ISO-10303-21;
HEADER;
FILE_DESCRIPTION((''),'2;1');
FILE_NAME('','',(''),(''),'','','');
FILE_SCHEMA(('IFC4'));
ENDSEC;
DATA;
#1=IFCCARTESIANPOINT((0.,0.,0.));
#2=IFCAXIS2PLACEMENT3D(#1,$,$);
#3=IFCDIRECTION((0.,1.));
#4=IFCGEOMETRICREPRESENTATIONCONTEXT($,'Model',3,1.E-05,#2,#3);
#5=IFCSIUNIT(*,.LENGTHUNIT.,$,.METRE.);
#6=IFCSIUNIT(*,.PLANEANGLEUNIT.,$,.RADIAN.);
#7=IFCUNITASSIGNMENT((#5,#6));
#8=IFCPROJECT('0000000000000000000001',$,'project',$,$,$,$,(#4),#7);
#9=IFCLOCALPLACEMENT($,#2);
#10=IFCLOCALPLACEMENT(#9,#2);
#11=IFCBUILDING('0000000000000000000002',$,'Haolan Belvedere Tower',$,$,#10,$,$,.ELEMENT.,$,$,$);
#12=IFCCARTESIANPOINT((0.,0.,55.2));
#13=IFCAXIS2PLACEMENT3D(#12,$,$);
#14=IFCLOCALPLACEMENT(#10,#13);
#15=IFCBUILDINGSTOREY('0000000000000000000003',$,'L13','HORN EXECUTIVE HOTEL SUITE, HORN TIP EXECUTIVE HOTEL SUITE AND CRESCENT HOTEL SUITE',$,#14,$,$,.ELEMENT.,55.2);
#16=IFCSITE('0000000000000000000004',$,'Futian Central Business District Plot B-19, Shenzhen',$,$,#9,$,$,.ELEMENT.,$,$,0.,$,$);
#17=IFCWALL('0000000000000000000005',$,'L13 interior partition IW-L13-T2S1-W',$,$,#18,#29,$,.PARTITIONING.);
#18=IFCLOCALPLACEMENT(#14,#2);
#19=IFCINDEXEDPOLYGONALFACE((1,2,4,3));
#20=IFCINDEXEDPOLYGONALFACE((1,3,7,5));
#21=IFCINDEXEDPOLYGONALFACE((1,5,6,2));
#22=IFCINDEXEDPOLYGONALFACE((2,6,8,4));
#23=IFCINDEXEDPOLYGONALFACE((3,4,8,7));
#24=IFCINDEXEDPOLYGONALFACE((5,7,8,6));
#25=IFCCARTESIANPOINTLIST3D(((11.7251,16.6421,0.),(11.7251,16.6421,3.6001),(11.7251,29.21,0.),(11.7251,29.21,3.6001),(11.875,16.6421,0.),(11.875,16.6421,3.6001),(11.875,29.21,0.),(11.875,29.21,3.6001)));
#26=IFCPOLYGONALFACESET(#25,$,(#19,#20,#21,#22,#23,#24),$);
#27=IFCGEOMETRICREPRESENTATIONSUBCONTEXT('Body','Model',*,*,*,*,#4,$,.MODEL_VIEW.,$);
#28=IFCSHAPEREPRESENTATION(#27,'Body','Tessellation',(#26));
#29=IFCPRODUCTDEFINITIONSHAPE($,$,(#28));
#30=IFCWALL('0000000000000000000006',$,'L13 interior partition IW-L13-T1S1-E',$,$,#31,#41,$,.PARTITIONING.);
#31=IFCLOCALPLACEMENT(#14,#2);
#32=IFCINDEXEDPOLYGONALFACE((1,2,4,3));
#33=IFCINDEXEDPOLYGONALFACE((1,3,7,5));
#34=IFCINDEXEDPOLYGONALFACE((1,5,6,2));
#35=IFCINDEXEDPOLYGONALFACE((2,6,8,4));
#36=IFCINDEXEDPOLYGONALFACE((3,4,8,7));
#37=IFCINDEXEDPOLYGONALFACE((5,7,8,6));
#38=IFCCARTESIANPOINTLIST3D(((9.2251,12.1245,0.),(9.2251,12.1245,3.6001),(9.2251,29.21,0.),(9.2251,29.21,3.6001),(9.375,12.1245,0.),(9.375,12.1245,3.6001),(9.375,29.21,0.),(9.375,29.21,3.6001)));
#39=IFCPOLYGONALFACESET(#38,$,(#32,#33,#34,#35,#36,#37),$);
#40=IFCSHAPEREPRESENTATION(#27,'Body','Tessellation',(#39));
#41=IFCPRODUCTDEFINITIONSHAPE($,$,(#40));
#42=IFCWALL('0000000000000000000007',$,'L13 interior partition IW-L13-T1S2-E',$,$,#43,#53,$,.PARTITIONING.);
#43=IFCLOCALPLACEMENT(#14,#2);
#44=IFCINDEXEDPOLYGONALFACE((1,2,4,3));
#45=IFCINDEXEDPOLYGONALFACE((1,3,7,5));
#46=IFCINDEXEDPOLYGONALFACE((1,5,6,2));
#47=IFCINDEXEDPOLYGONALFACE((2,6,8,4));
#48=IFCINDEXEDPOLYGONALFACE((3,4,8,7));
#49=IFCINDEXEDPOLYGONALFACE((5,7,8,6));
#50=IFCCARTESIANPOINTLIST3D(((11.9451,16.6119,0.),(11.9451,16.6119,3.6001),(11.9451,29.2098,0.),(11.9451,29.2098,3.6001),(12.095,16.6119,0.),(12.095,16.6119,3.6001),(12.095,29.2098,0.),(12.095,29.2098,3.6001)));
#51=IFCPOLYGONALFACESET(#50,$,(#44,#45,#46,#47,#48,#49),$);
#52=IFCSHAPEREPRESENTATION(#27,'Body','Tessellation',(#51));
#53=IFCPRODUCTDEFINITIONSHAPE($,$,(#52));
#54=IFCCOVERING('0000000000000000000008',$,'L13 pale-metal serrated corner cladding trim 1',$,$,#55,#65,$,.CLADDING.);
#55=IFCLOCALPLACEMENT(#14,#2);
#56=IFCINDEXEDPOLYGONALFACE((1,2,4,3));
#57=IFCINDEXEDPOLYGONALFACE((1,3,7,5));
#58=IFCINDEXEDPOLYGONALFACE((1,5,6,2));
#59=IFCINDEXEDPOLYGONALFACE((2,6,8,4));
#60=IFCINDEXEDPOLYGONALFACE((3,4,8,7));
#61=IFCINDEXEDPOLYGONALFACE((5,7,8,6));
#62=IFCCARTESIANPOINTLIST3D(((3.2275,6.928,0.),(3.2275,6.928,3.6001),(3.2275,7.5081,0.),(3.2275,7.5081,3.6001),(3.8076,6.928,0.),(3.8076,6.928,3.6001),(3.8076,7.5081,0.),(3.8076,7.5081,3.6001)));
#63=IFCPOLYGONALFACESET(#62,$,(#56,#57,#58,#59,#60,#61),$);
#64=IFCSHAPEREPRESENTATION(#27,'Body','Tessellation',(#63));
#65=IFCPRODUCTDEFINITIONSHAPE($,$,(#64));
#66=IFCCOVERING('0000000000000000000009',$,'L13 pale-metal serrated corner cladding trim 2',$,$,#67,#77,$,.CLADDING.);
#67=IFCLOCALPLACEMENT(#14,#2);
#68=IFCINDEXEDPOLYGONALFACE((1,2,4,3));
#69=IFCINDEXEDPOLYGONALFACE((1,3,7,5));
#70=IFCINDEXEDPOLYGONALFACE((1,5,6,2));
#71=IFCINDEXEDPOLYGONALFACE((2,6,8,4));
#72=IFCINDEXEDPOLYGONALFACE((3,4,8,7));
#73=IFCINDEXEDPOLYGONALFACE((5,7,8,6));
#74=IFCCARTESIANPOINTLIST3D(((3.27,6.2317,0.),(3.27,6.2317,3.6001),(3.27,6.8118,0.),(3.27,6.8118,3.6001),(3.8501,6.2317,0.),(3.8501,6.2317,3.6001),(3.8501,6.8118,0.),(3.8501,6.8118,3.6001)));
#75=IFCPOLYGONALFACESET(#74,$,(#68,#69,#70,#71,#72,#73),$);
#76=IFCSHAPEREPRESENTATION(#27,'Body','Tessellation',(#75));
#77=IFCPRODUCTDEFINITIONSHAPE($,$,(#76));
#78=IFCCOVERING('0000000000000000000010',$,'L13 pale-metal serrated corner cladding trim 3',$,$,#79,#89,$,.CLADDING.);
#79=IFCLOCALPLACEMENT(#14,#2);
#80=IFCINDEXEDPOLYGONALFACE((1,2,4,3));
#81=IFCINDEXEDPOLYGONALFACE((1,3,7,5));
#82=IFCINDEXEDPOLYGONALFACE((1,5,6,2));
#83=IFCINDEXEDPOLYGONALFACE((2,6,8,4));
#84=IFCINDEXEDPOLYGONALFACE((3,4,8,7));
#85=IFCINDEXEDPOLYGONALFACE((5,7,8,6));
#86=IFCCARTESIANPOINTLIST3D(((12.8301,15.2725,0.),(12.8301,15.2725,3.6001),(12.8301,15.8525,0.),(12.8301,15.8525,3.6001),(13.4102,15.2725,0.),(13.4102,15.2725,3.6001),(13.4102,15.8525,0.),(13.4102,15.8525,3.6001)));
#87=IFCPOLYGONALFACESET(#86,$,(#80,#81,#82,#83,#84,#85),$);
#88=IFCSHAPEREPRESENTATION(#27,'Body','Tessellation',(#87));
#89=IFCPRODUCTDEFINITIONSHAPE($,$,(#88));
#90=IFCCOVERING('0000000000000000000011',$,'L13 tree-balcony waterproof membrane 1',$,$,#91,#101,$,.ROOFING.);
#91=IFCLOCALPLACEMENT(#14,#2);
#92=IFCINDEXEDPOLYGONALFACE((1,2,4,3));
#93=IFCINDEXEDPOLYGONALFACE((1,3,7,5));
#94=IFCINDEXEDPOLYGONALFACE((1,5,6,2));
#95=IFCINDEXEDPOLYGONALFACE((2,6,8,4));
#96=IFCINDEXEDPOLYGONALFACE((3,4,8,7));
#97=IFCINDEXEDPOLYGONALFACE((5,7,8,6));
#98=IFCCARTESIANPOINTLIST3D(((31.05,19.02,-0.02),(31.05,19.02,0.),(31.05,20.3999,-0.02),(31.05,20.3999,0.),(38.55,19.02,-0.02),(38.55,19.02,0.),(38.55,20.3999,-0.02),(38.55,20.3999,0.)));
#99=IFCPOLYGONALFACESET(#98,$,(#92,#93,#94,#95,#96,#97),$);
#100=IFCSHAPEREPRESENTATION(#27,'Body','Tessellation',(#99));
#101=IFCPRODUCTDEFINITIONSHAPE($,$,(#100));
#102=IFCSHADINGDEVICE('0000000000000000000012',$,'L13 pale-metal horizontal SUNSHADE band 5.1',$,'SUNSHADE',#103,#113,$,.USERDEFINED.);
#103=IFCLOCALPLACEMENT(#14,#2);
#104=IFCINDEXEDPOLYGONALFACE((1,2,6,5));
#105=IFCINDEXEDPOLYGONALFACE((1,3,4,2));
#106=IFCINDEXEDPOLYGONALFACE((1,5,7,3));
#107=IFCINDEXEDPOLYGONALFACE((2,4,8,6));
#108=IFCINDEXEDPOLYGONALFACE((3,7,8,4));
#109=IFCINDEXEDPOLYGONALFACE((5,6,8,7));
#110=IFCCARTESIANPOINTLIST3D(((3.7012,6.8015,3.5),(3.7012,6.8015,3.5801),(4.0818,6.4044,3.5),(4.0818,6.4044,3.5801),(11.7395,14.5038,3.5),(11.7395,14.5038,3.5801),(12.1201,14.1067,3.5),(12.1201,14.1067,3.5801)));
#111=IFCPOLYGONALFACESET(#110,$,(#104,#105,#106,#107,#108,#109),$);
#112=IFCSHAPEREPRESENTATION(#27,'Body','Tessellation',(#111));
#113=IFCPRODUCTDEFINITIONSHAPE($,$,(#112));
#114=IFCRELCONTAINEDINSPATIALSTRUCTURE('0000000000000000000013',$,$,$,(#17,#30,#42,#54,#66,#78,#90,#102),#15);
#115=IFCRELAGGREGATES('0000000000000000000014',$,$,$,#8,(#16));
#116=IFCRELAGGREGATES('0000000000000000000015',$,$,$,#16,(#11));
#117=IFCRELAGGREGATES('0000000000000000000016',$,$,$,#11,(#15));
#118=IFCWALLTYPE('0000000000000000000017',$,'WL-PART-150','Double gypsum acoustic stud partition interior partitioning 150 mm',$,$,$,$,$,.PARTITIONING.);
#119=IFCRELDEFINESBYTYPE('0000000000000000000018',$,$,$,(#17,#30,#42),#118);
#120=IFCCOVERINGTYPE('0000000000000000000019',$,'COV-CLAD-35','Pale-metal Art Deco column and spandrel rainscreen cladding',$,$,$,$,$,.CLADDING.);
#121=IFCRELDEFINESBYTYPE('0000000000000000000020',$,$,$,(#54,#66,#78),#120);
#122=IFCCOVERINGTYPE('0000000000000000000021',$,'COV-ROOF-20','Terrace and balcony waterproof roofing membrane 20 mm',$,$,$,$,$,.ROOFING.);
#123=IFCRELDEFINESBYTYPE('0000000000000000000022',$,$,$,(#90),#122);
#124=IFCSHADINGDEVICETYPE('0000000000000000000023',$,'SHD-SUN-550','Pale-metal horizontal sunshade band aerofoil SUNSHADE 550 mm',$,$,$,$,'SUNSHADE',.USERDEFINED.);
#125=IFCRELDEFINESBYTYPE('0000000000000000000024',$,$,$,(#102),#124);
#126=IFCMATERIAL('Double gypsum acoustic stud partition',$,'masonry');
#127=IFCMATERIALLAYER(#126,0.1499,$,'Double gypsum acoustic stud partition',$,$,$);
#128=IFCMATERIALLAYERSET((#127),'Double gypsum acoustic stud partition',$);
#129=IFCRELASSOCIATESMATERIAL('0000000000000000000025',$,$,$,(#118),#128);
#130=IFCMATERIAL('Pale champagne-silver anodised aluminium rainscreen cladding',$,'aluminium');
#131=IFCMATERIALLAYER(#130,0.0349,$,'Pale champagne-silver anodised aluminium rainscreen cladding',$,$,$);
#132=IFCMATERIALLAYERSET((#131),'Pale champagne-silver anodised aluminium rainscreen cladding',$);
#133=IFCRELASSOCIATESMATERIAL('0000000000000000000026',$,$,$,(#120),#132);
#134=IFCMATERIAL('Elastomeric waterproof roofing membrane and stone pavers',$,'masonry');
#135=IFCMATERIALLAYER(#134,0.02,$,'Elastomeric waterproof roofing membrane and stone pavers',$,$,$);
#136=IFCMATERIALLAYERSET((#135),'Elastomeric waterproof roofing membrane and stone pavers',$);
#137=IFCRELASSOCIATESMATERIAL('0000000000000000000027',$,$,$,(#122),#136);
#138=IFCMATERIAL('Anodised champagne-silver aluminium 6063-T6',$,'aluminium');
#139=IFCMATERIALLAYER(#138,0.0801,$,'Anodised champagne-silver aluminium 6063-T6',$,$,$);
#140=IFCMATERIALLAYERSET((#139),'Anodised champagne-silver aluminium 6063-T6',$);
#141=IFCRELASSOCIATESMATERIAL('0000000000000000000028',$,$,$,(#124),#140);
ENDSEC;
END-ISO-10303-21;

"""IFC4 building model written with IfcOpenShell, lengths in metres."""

from ifc_helpers import new_model, si_unit, direction, frame, frame_2d, origin, origin_2d, place, context, subcontext, project, spatial, polyline, rectangle, outline, extrude, material, layer, layer_set, type_object, element, save


model = new_model("IFC4")

# Units and contexts
model_context = context("Model", 3, precision=1e-05, world=origin(), true_north=direction((0.0, 1.0)))
body_context = subcontext(model_context, "Body", "Model", "MODEL_VIEW")
ifc_project = project(units=[si_unit("LENGTHUNIT", "METRE"), si_unit("PLANEANGLEUNIT", "RADIAN")], contexts=[model_context])

# Site, building, storey
site_placement = place(None, origin())
site = spatial("IfcSite", under=ifc_project, at=site_placement, Name="Futian Central Business District Plot B-19, Shenzhen", CompositionType="ELEMENT", RefElevation=0.0)
building_placement = place(site_placement, origin())
building = spatial("IfcBuilding", under=site, at=building_placement, Name="Haolan Belvedere Tower", CompositionType="ELEMENT")
storey_placement = place(building_placement, frame((0.0, 0.0, 55.2)))
storey = spatial("IfcBuildingStorey", under=building, at=storey_placement, Name="L13", Description="HORN EXECUTIVE HOTEL SUITE, HORN TIP EXECUTIVE HOTEL SUITE AND CRESCENT HOTEL SUITE", CompositionType="ELEMENT", Elevation=55.2)

# Walls
ifc_material_1 = material(Name="Double gypsum acoustic stud partition", Category="masonry")
ifc_layer_1 = layer(ifc_material_1, 0.1499, Name="Double gypsum acoustic stud partition")
ifc_layer_set_1 = layer_set([ifc_layer_1], Name="Double gypsum acoustic stud partition")
wall_type_1 = type_object("IfcWallType", Name="WL-PART-150", Description="Double gypsum acoustic stud partition interior partitioning 150 mm", PredefinedType="PARTITIONING", material=ifc_layer_set_1)
wall_1_placement = place(storey_placement, frame((11.8, 16.6421, 0.0), z_axis=(0.0, 0.0, 1.0), x_axis=(0.0, 1.0, 0.0)))
element("IfcWall", 1, at=wall_1_placement, inside=storey, type_object=wall_type_1, Name="L13 interior partition IW-L13-T2S1-W", PredefinedType="PARTITIONING", context=body_context, shape_type="SweptSolid", body=[
    extrude(rectangle(XDim=12.5679, YDim=0.1499, at=frame_2d((6.2839, 0.0))), origin(), (0.0, 0.0, 1.0), 3.6001),
])
wall_2_placement = place(storey_placement, frame((9.3, 12.1245, 0.0), z_axis=(0.0, 0.0, 1.0), x_axis=(0.0, 1.0, 0.0)))
element("IfcWall", 2, at=wall_2_placement, inside=storey, type_object=wall_type_1, Name="L13 interior partition IW-L13-T1S1-E", PredefinedType="PARTITIONING", context=body_context, shape_type="SweptSolid", body=[
    extrude(rectangle(XDim=17.0854, YDim=0.1499, at=frame_2d((8.5427, 0.0))), origin(), (0.0, 0.0, 1.0), 3.6001),
])
wall_3_placement = place(storey_placement, frame((12.02, 16.6121, 0.0), z_axis=(0.0, 0.0, 1.0), x_axis=(0.0, 1.0, 0.0)))
element("IfcWall", 3, at=wall_3_placement, inside=storey, type_object=wall_type_1, Name="L13 interior partition IW-L13-T1S2-E", PredefinedType="PARTITIONING", context=body_context, shape_type="SweptSolid", body=[
    extrude(rectangle(XDim=12.5979, YDim=0.1499, at=frame_2d((6.2988, 0.0))), origin(), (0.0, 0.0, 1.0), 3.6001),
])

# Coverings
ifc_material_2 = material(Name="Pale champagne-silver anodised aluminium rainscreen cladding", Category="aluminium")
ifc_layer_2 = layer(ifc_material_2, 0.0349, Name="Pale champagne-silver anodised aluminium rainscreen cladding")
ifc_layer_set_2 = layer_set([ifc_layer_2], Name="Pale champagne-silver anodised aluminium rainscreen cladding")
covering_type_1 = type_object("IfcCoveringType", Name="COV-CLAD-35", Description="Pale-metal Art Deco column and spandrel rainscreen cladding", PredefinedType="CLADDING", material=ifc_layer_set_2)
for number, where, z_axis, x_axis, name in (
    (4, (3.5176, 7.218, 0.0), (0.0, 0.0, 1.0), (1.0, 0.0, 0.0), "L13 pale-metal serrated corner cladding trim 1"),
    (5, (3.5601, 6.5217, 0.0), (0.0, 0.0, 1.0), (1.0, 0.0, 0.0), "L13 pale-metal serrated corner cladding trim 2"),
    (6, (13.1201, 15.5625, 0.0), (0.0, 0.0, 1.0), (1.0, 0.0, 0.0), "L13 pale-metal serrated corner cladding trim 3"),
):
    element("IfcCovering", number, at=place(storey_placement, frame(where, z_axis=z_axis, x_axis=x_axis)), inside=storey, type_object=covering_type_1, Name=name, PredefinedType="CLADDING", context=body_context, shape_type="SweptSolid", body=[
        extrude(rectangle(XDim=0.5801, YDim=0.5801, at=origin_2d()), origin(), (0.0, 0.0, 1.0), 3.6001),
    ])
ifc_material_3 = material(Name="Elastomeric waterproof roofing membrane and stone pavers", Category="masonry")
ifc_layer_3 = layer(ifc_material_3, 0.02, Name="Elastomeric waterproof roofing membrane and stone pavers")
ifc_layer_set_3 = layer_set([ifc_layer_3], Name="Elastomeric waterproof roofing membrane and stone pavers")
covering_type_2 = type_object("IfcCoveringType", Name="COV-ROOF-20", Description="Terrace and balcony waterproof roofing membrane 20 mm", PredefinedType="ROOFING", material=ifc_layer_set_3)
covering_placement = place(storey_placement, frame((0.0, 0.0, -0.02)))
element("IfcCovering", 7, at=covering_placement, inside=storey, type_object=covering_type_2, Name="L13 tree-balcony waterproof membrane 1", PredefinedType="ROOFING", context=body_context, shape_type="SweptSolid", body=[
    extrude(outline(polyline([(31.05, 19.02), (38.55, 19.02), (38.55, 20.3999), (31.05, 20.3999), (31.05, 19.02)])), origin(), (0.0, 0.0, 1.0), 0.02),
])

# Shading device
ifc_material_4 = material(Name="Anodised champagne-silver aluminium 6063-T6", Category="aluminium")
ifc_layer_4 = layer(ifc_material_4, 0.0801, Name="Anodised champagne-silver aluminium 6063-T6")
ifc_layer_set_4 = layer_set([ifc_layer_4], Name="Anodised champagne-silver aluminium 6063-T6")
shading_device_type = type_object("IfcShadingDeviceType", Name="SHD-SUN-550", Description="Pale-metal horizontal sunshade band aerofoil SUNSHADE 550 mm", ElementType="SUNSHADE", PredefinedType="USERDEFINED", material=ifc_layer_set_4)
shading_device_placement = place(storey_placement, frame((7.9106, 10.4541, 3.5), z_axis=(0.0, 0.0, 1.0), x_axis=(0.722038, 0.691853, 0.0)))
element("IfcShadingDevice", 8, at=shading_device_placement, inside=storey, type_object=shading_device_type, Name="L13 pale-metal horizontal SUNSHADE band 5.1", ObjectType="SUNSHADE", PredefinedType="USERDEFINED", context=body_context, shape_type="SweptSolid", body=[
    extrude(rectangle(XDim=11.1328, YDim=0.55, at=origin_2d()), origin(), (0.0, 0.0, 1.0), 0.0801),
])

save(model, "model.ifc")
